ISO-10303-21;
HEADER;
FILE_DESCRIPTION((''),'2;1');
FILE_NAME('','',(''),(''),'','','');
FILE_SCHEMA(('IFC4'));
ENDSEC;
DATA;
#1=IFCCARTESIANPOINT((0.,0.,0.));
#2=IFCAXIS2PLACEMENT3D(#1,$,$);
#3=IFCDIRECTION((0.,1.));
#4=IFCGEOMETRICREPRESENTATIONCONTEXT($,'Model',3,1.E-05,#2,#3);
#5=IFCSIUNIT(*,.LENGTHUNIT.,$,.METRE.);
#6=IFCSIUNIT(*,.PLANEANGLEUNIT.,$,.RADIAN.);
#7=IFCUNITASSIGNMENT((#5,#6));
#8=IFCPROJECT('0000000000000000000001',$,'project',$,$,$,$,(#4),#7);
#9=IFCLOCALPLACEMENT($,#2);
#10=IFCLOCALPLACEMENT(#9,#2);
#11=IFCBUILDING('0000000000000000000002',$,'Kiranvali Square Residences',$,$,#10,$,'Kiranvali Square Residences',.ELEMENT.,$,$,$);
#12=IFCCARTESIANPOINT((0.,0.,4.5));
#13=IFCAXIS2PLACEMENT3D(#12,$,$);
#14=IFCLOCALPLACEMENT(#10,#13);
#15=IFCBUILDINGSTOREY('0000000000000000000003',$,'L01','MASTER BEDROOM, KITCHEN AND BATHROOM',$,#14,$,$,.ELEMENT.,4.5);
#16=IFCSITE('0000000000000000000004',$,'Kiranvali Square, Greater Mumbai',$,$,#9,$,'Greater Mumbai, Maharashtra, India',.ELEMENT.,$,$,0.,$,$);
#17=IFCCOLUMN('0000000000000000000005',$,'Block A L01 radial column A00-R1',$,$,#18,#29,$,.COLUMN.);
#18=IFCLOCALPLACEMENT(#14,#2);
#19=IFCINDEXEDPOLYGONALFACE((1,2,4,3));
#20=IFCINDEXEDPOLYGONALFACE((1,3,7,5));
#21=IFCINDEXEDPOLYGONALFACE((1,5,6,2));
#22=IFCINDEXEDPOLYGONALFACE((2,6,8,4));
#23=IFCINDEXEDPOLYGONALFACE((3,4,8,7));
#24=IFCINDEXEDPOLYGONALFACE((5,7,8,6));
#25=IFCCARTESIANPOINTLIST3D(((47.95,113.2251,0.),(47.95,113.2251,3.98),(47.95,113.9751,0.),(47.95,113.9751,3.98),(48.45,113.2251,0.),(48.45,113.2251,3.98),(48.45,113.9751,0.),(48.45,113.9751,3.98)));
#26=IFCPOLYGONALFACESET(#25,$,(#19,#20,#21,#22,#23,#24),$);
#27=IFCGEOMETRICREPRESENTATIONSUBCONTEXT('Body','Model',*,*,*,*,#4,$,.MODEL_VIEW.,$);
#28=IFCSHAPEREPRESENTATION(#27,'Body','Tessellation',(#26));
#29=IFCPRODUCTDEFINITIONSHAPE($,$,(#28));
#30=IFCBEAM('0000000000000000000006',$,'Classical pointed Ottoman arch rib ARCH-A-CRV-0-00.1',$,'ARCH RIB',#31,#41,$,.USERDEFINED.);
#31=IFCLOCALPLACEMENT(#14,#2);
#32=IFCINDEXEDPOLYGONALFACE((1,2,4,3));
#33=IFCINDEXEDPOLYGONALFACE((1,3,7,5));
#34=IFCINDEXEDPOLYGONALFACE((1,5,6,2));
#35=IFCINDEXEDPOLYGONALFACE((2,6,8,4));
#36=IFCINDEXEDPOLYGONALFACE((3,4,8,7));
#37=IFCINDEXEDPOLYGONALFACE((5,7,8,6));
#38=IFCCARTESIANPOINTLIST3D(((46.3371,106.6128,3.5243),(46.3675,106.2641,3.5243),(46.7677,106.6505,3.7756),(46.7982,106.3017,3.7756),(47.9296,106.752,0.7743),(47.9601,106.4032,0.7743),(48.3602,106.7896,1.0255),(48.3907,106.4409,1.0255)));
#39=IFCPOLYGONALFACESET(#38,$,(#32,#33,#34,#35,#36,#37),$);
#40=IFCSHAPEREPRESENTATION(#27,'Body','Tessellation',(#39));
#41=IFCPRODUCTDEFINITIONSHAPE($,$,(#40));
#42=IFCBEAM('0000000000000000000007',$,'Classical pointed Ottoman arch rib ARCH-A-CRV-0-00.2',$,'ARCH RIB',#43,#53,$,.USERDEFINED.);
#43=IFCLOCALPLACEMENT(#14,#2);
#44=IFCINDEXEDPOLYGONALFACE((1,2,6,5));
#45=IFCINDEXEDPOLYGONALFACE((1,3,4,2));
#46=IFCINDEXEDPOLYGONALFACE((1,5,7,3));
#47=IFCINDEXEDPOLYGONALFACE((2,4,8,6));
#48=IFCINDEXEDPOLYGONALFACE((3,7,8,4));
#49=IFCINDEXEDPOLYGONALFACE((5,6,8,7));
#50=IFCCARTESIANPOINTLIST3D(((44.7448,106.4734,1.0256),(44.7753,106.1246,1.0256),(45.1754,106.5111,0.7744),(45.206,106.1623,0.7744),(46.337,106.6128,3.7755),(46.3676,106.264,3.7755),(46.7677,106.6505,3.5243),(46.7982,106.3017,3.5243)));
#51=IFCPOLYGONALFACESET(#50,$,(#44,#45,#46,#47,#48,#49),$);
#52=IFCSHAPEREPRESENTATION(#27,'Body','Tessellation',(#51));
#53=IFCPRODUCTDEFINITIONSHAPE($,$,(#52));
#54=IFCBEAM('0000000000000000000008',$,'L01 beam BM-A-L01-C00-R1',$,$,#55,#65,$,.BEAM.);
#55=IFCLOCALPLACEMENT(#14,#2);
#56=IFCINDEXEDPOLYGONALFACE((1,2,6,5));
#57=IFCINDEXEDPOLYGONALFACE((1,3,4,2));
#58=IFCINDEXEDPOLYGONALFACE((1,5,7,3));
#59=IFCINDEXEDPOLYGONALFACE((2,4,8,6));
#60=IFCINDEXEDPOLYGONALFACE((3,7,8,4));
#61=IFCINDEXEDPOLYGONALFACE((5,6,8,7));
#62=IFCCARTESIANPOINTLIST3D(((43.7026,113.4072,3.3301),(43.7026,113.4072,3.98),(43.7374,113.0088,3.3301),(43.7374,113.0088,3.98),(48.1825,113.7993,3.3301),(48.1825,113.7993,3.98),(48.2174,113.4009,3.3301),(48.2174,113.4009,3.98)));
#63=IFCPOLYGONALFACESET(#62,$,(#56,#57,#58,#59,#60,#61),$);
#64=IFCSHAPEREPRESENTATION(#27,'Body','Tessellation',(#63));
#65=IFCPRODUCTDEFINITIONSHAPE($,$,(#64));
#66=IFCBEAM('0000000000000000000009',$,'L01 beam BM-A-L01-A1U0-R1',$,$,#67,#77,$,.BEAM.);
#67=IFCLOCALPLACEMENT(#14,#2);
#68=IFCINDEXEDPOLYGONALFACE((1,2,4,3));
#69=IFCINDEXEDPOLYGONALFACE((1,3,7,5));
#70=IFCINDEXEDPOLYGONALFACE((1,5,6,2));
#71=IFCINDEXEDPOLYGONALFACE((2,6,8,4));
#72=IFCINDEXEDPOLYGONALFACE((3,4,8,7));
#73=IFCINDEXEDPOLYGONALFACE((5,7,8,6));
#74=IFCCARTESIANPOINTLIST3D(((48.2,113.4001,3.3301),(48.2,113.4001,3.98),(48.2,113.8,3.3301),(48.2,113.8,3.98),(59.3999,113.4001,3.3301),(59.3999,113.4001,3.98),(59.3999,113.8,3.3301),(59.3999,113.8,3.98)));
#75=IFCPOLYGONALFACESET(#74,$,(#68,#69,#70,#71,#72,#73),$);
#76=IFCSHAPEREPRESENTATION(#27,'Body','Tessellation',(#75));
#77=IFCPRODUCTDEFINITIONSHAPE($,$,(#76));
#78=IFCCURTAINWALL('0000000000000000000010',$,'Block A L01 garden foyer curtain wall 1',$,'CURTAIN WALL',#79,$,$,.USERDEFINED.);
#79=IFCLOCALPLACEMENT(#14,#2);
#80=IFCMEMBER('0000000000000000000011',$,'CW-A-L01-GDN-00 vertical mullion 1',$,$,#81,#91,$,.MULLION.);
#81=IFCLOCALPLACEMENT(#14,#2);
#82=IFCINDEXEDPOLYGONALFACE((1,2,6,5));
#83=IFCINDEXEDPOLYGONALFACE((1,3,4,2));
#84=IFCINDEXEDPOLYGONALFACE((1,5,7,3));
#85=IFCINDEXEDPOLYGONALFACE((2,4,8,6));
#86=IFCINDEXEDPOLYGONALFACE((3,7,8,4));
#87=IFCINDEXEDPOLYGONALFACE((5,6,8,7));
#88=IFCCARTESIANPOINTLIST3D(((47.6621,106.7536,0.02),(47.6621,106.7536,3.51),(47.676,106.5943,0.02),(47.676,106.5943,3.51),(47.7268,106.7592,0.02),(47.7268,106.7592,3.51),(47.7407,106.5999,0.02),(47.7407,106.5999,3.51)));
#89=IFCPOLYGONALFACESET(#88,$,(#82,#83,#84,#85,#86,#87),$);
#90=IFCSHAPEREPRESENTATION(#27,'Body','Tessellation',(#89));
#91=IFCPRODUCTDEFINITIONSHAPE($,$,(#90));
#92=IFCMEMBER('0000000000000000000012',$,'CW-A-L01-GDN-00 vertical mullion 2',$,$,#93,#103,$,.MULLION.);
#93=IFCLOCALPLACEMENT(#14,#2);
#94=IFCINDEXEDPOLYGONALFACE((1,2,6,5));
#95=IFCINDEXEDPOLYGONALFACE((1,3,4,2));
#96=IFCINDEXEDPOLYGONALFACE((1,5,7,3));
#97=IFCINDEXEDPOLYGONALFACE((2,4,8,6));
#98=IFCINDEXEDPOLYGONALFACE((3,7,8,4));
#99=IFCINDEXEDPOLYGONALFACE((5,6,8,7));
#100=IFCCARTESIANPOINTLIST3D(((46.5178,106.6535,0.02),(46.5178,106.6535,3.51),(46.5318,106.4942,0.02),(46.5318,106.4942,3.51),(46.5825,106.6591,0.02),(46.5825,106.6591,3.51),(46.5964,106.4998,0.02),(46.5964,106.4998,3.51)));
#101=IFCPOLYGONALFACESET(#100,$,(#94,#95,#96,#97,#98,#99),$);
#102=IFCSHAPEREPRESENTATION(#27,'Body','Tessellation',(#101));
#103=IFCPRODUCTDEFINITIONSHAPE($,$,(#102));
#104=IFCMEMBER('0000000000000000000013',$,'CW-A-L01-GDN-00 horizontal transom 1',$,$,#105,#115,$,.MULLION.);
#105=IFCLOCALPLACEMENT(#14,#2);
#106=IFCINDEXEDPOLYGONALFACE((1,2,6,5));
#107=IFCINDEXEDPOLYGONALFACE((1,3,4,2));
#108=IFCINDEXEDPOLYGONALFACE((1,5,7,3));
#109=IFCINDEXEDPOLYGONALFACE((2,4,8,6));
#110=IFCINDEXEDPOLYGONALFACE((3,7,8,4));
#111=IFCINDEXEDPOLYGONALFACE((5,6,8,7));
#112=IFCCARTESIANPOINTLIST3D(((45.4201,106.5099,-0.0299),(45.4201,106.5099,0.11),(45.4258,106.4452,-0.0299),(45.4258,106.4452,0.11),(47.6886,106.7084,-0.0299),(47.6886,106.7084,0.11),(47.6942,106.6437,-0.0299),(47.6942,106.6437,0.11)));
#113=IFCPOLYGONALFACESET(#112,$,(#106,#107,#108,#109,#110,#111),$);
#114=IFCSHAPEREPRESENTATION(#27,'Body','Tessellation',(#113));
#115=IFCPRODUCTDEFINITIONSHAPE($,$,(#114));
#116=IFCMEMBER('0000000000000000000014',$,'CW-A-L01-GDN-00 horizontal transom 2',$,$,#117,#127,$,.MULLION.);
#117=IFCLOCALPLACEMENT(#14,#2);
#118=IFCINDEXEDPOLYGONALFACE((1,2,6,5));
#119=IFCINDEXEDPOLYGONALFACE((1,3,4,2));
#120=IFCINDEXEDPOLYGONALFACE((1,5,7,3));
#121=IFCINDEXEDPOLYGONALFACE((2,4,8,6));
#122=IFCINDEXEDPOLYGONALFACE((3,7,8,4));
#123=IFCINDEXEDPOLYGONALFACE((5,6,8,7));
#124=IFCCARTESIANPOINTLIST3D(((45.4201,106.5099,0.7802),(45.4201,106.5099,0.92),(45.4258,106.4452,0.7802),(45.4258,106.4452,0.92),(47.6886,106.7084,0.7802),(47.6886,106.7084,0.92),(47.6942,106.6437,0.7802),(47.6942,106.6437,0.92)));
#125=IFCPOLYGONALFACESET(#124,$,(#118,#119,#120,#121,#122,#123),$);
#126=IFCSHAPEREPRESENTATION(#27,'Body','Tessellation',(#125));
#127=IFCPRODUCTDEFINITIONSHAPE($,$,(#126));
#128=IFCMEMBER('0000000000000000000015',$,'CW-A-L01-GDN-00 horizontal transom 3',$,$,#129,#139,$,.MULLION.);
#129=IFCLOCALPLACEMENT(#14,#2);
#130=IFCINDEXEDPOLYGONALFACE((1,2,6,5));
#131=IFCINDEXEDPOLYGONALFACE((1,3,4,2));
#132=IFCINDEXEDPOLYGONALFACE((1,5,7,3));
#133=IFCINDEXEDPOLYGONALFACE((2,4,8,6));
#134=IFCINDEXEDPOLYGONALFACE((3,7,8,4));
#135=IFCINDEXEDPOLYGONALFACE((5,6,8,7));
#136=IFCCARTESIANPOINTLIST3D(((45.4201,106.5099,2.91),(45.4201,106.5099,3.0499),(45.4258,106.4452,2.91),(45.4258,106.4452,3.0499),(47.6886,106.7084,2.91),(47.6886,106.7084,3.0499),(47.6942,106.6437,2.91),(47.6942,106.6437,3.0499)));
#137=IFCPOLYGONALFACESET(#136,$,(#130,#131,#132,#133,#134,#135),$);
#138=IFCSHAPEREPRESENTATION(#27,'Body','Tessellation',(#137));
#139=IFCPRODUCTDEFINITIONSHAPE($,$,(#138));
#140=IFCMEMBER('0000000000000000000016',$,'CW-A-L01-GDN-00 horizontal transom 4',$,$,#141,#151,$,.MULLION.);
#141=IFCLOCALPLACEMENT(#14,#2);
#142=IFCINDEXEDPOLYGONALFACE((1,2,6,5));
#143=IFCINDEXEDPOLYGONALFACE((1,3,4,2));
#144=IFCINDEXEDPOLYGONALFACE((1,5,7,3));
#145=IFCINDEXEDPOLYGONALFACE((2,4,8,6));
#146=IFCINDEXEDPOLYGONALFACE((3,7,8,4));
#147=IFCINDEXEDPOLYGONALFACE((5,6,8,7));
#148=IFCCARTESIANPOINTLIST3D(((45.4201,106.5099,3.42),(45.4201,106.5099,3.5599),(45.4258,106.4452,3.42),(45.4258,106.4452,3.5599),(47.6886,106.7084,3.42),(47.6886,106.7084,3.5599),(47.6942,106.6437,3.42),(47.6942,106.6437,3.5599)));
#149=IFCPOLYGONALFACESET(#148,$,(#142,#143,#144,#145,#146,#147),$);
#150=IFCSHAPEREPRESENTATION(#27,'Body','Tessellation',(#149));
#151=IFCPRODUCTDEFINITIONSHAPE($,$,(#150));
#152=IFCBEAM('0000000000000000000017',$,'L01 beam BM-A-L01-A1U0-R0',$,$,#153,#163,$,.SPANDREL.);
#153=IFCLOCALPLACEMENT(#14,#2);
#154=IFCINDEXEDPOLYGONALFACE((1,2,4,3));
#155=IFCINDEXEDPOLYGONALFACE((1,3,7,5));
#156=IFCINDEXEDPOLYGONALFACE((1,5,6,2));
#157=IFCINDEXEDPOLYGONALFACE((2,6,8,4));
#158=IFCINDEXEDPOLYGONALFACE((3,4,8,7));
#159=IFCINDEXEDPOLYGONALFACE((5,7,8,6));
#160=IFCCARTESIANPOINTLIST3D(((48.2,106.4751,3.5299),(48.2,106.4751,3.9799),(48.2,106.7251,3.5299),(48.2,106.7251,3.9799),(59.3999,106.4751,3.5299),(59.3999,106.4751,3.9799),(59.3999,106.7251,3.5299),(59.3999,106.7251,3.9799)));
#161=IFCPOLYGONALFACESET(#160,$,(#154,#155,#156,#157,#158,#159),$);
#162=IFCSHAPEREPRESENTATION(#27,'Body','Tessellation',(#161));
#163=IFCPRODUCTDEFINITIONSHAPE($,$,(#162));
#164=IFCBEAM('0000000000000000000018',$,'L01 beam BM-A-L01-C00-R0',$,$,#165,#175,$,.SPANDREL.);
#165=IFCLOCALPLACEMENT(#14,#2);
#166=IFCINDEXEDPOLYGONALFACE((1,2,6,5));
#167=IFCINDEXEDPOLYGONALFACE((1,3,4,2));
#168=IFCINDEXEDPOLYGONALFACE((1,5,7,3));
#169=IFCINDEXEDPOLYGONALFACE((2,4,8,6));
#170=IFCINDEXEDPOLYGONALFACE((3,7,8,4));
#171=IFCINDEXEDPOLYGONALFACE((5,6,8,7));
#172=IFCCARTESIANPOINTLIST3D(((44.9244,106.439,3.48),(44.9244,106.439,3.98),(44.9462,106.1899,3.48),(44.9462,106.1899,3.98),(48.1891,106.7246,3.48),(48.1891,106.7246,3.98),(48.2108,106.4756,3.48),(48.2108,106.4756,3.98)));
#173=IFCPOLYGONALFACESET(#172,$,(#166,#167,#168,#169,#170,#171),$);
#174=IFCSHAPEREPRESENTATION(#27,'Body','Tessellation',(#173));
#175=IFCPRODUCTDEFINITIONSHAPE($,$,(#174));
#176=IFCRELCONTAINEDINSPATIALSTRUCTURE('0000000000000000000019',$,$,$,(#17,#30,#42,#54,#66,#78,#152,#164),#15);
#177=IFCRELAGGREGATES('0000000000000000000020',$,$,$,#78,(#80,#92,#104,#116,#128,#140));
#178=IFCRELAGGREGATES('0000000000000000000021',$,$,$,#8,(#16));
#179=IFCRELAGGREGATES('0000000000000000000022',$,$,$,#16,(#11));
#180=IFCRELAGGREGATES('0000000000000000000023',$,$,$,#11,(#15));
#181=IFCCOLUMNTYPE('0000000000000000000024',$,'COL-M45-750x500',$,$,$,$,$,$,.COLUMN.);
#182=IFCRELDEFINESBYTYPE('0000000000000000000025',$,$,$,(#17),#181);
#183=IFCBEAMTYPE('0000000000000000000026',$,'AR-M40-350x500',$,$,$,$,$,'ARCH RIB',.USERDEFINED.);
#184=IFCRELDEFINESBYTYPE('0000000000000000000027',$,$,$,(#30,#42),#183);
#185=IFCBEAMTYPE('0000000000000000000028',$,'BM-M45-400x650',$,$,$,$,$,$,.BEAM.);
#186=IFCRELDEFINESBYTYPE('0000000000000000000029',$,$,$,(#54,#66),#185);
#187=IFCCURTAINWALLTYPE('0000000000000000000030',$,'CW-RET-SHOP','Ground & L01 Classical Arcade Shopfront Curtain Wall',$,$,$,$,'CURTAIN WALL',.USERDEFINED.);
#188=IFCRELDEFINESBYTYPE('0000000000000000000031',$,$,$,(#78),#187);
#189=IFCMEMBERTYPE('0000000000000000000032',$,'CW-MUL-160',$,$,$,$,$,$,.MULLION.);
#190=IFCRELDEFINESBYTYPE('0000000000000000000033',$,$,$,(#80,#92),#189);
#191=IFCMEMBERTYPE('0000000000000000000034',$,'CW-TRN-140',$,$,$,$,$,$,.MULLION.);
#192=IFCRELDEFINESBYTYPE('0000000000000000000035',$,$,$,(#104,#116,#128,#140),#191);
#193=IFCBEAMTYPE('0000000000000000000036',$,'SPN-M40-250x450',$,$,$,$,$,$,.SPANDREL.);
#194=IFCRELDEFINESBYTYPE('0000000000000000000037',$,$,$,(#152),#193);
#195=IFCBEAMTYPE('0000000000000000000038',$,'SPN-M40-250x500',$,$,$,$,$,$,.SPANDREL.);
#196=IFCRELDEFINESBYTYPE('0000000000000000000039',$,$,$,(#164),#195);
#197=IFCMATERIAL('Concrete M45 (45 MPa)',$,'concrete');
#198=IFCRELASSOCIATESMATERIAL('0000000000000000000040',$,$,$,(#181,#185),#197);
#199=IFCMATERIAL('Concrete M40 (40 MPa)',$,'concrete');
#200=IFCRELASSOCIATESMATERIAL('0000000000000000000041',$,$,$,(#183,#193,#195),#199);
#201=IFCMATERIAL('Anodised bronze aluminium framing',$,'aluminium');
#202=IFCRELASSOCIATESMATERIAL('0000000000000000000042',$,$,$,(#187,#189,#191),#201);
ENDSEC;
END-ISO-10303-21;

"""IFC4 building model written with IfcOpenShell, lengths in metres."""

from ifc_helpers import new_model, si_unit, direction, frame, origin, origin_2d, place, context, subcontext, project, spatial, rectangle, extrude, material, material_profile, profile_set, type_object, element, aggregate, save


model = new_model("IFC4")

# Units and contexts
model_context = context("Model", 3, precision=1e-05, world=origin(), true_north=direction((0.0, 1.0)))
body_context = subcontext(model_context, "Body", "Model", "MODEL_VIEW")
ifc_project = project(units=[si_unit("LENGTHUNIT", "METRE"), si_unit("PLANEANGLEUNIT", "RADIAN")], contexts=[model_context])

# Site, building, storey
site_placement = place(None, origin())
site = spatial("IfcSite", under=ifc_project, at=site_placement, Name="Kiranvali Square, Greater Mumbai", LongName="Greater Mumbai, Maharashtra, India", CompositionType="ELEMENT", RefElevation=0.0)
building_placement = place(site_placement, origin())
building = spatial("IfcBuilding", under=site, at=building_placement, Name="Kiranvali Square Residences", LongName="Kiranvali Square Residences", CompositionType="ELEMENT")
storey_placement = place(building_placement, frame((0.0, 0.0, 4.5)))
storey = spatial("IfcBuildingStorey", under=building, at=storey_placement, Name="L01", Description="MASTER BEDROOM, KITCHEN AND BATHROOM", CompositionType="ELEMENT", Elevation=4.5)

# Column
ifc_material_1 = material(Name="Concrete M45 (45 MPa)", Category="concrete")
ifc_material_profile_1 = material_profile(ifc_material_1, rectangle(XDim=0.5, YDim=0.75, at=origin_2d()), Name="RC 750x500")
ifc_profile_set_1 = profile_set([ifc_material_profile_1], Name="Concrete M45 (45 MPa)")
column_type = type_object("IfcColumnType", Name="COL-M45-750x500", PredefinedType="COLUMN", material=ifc_profile_set_1)
column_placement = place(storey_placement, frame((48.2, 113.6001, 0.0), z_axis=(0.0, 0.0, 1.0), x_axis=(1.0, 0.0, 0.0)))
element("IfcColumn", 1, at=column_placement, inside=storey, type_object=column_type, Name="Block A L01 radial column A00-R1", PredefinedType="COLUMN", context=body_context, shape_type="SweptSolid", body=[
    extrude(rectangle(XDim=0.5, YDim=0.75, at=origin_2d()), origin(), (0.0, 0.0, 1.0), 3.98),
])

# Beams
ifc_material_2 = material(Name="Concrete M40 (40 MPa)", Category="concrete")
ifc_material_profile_2 = material_profile(ifc_material_2, rectangle(XDim=0.3501, YDim=0.5, at=origin_2d()), Name="RC 350x500")
ifc_profile_set_2 = profile_set([ifc_material_profile_2], Name="Concrete M40 (40 MPa)")
beam_type_1 = type_object("IfcBeamType", Name="AR-M40-350x500", ElementType="ARCH RIB", PredefinedType="USERDEFINED", material=ifc_profile_set_2)
beam_1_placement = place(storey_placement, frame((48.1602, 106.5964, 0.8999), z_axis=(-0.500656, -0.043749, 0.86454), x_axis=(0.087051, -0.996204, 0.0)))
element("IfcBeam", 2, at=beam_1_placement, inside=storey, type_object=beam_type_1, Name="Classical pointed Ottoman arch rib ARCH-A-CRV-0-00.1", ObjectType="ARCH RIB", PredefinedType="USERDEFINED", context=body_context, shape_type="SweptSolid", body=[
    extrude(rectangle(XDim=0.3501, YDim=0.5, at=origin_2d()), origin(), (0.0, 0.0, 1.0), 3.1809),
])
beam_2_placement = place(storey_placement, frame((46.5676, 106.4573, 3.6499), z_axis=(-0.500597, -0.043827, -0.86457), x_axis=(0.087216, -0.996189, 0.0)))
element("IfcBeam", 3, at=beam_2_placement, inside=storey, type_object=beam_type_1, Name="Classical pointed Ottoman arch rib ARCH-A-CRV-0-00.2", ObjectType="ARCH RIB", PredefinedType="USERDEFINED", context=body_context, shape_type="SweptSolid", body=[
    extrude(rectangle(XDim=0.3501, YDim=0.5, at=origin_2d()), origin(), (0.0, 0.0, 1.0), 3.1807),
])
ifc_material_profile_3 = material_profile(ifc_material_1, rectangle(XDim=0.3999, YDim=0.6499, at=origin_2d()), Name="RC 400x650")
ifc_profile_set_3 = profile_set([ifc_material_profile_3], Name="Concrete M45 (45 MPa)")
beam_type_2 = type_object("IfcBeamType", Name="BM-M45-400x650", PredefinedType="BEAM", material=ifc_profile_set_3)
beam_3_placement = place(storey_placement, frame((48.2, 113.6001, 3.655), z_axis=(-0.996192, -0.087187, 0.0), x_axis=(0.087187, -0.996192, 0.0)))
element("IfcBeam", 4, at=beam_3_placement, inside=storey, type_object=beam_type_2, Name="L01 beam BM-A-L01-C00-R1", PredefinedType="BEAM", context=body_context, shape_type="SweptSolid", body=[
    extrude(rectangle(XDim=0.3999, YDim=0.6499, at=origin_2d()), origin(), (0.0, 0.0, 1.0), 4.4971),
])
beam_4_placement = place(storey_placement, frame((48.2, 113.6001, 3.655), z_axis=(1.0, 0.0, 0.0), x_axis=(0.0, 1.0, 0.0)))
element("IfcBeam", 5, at=beam_4_placement, inside=storey, type_object=beam_type_2, Name="L01 beam BM-A-L01-A1U0-R1", PredefinedType="BEAM", context=body_context, shape_type="SweptSolid", body=[
    extrude(rectangle(XDim=0.3999, YDim=0.6499, at=origin_2d()), origin(), (0.0, 0.0, 1.0), 11.2),
])

# Curtain wall, members
ifc_material_3 = material(Name="Anodised bronze aluminium framing", Category="aluminium")
curtain_wall_type = type_object("IfcCurtainWallType", Name="CW-RET-SHOP", Description="Ground & L01 Classical Arcade Shopfront Curtain Wall", ElementType="CURTAIN WALL", PredefinedType="USERDEFINED", material=ifc_material_3)
curtain_wall_placement = place(storey_placement, origin())
curtain_wall = element("IfcCurtainWall", 6, at=curtain_wall_placement, inside=storey, type_object=curtain_wall_type, Name="Block A L01 garden foyer curtain wall 1", ObjectType="CURTAIN WALL", PredefinedType="USERDEFINED")
ifc_material_profile_4 = material_profile(ifc_material_3, rectangle(XDim=0.0649, YDim=0.1599, at=origin_2d()), Name="ALU 65x160")
ifc_profile_set_4 = profile_set([ifc_material_profile_4], Name="Anodised bronze aluminium framing")
member_type_1 = type_object("IfcMemberType", Name="CW-MUL-160", PredefinedType="MULLION", material=ifc_profile_set_4)
member_1_placement = place(storey_placement, frame((47.7014, 106.6768, 0.02), z_axis=(0.0, 0.0, 1.0), x_axis=(-0.996195, -0.087156, 0.0)))
member_1 = element("IfcMember", 7, at=member_1_placement, type_object=member_type_1, Name="CW-A-L01-GDN-00 vertical mullion 1", PredefinedType="MULLION", context=body_context, shape_type="SweptSolid", body=[
    extrude(rectangle(XDim=0.0649, YDim=0.1599, at=origin_2d()), origin(), (0.0, 0.0, 1.0), 3.49),
])
member_2_placement = place(storey_placement, frame((46.5571, 106.5767, 0.02), z_axis=(0.0, 0.0, 1.0), x_axis=(-0.996195, -0.087156, 0.0)))
member_2 = element("IfcMember", 8, at=member_2_placement, type_object=member_type_1, Name="CW-A-L01-GDN-00 vertical mullion 2", PredefinedType="MULLION", context=body_context, shape_type="SweptSolid", body=[
    extrude(rectangle(XDim=0.0649, YDim=0.1599, at=origin_2d()), origin(), (0.0, 0.0, 1.0), 3.49),
])
ifc_material_profile_5 = material_profile(ifc_material_3, rectangle(XDim=0.0649, YDim=0.1399, at=origin_2d()), Name="ALU 65x140")
ifc_profile_set_5 = profile_set([ifc_material_profile_5], Name="Anodised bronze aluminium framing")
member_type_2 = type_object("IfcMemberType", Name="CW-TRN-140", PredefinedType="MULLION", material=ifc_profile_set_5)
member_3_placement = place(storey_placement, frame((47.6914, 106.676, 0.04), z_axis=(-0.996193, -0.087171, 0.0), x_axis=(0.087171, -0.996193, 0.0)))
member_3 = element("IfcMember", 9, at=member_3_placement, type_object=member_type_2, Name="CW-A-L01-GDN-00 horizontal transom 1", PredefinedType="MULLION", context=body_context, shape_type="SweptSolid", body=[
    extrude(rectangle(XDim=0.0649, YDim=0.1399, at=origin_2d()), origin(), (0.0, 0.0, 1.0), 2.2771),
])
member_4_placement = place(storey_placement, frame((47.6914, 106.676, 0.8501), z_axis=(-0.996193, -0.087171, 0.0), x_axis=(0.087171, -0.996193, 0.0)))
member_4 = element("IfcMember", 10, at=member_4_placement, type_object=member_type_2, Name="CW-A-L01-GDN-00 horizontal transom 2", PredefinedType="MULLION", context=body_context, shape_type="SweptSolid", body=[
    extrude(rectangle(XDim=0.0649, YDim=0.1399, at=origin_2d()), origin(), (0.0, 0.0, 1.0), 2.2771),
])
member_5_placement = place(storey_placement, frame((47.6914, 106.676, 2.98), z_axis=(-0.996193, -0.087171, 0.0), x_axis=(0.087171, -0.996193, 0.0)))
member_5 = element("IfcMember", 11, at=member_5_placement, type_object=member_type_2, Name="CW-A-L01-GDN-00 horizontal transom 3", PredefinedType="MULLION", context=body_context, shape_type="SweptSolid", body=[
    extrude(rectangle(XDim=0.0649, YDim=0.1399, at=origin_2d()), origin(), (0.0, 0.0, 1.0), 2.2771),
])
member_6_placement = place(storey_placement, frame((47.6914, 106.676, 3.49), z_axis=(-0.996193, -0.087171, 0.0), x_axis=(0.087171, -0.996193, 0.0)))
member_6 = element("IfcMember", 12, at=member_6_placement, type_object=member_type_2, Name="CW-A-L01-GDN-00 horizontal transom 4", PredefinedType="MULLION", context=body_context, shape_type="SweptSolid", body=[
    extrude(rectangle(XDim=0.0649, YDim=0.1399, at=origin_2d()), origin(), (0.0, 0.0, 1.0), 2.2771),
])

# Beams
ifc_material_profile_6 = material_profile(ifc_material_2, rectangle(XDim=0.25, YDim=0.45, at=origin_2d()), Name="RC 250x450")
ifc_profile_set_6 = profile_set([ifc_material_profile_6], Name="Concrete M40 (40 MPa)")
beam_type_3 = type_object("IfcBeamType", Name="SPN-M40-250x450", PredefinedType="SPANDREL", material=ifc_profile_set_6)
beam_5_placement = place(storey_placement, frame((48.2, 106.6001, 3.7549), z_axis=(1.0, 0.0, 0.0), x_axis=(0.0, 1.0, 0.0)))
element("IfcBeam", 13, at=beam_5_placement, inside=storey, type_object=beam_type_3, Name="L01 beam BM-A-L01-A1U0-R0", PredefinedType="SPANDREL", context=body_context, shape_type="SweptSolid", body=[
    extrude(rectangle(XDim=0.25, YDim=0.45, at=origin_2d()), origin(), (0.0, 0.0, 1.0), 11.2),
])
ifc_material_profile_7 = material_profile(ifc_material_2, rectangle(XDim=0.25, YDim=0.5, at=origin_2d()), Name="RC 250x500")
ifc_profile_set_7 = profile_set([ifc_material_profile_7], Name="Concrete M40 (40 MPa)")
beam_type_4 = type_object("IfcBeamType", Name="SPN-M40-250x500", PredefinedType="SPANDREL", material=ifc_profile_set_7)
beam_6_placement = place(storey_placement, frame((48.2, 106.6001, 3.73), z_axis=(-0.996194, -0.087163, 0.0), x_axis=(0.087163, -0.996194, 0.0)))
element("IfcBeam", 14, at=beam_6_placement, inside=storey, type_object=beam_type_4, Name="L01 beam BM-A-L01-C00-R0", PredefinedType="SPANDREL", context=body_context, shape_type="SweptSolid", body=[
    extrude(rectangle(XDim=0.25, YDim=0.5, at=origin_2d()), origin(), (0.0, 0.0, 1.0), 3.2771),
])

aggregate(curtain_wall, [member_1, member_2, member_3, member_4, member_5, member_6])

save(model, "model.ifc")
